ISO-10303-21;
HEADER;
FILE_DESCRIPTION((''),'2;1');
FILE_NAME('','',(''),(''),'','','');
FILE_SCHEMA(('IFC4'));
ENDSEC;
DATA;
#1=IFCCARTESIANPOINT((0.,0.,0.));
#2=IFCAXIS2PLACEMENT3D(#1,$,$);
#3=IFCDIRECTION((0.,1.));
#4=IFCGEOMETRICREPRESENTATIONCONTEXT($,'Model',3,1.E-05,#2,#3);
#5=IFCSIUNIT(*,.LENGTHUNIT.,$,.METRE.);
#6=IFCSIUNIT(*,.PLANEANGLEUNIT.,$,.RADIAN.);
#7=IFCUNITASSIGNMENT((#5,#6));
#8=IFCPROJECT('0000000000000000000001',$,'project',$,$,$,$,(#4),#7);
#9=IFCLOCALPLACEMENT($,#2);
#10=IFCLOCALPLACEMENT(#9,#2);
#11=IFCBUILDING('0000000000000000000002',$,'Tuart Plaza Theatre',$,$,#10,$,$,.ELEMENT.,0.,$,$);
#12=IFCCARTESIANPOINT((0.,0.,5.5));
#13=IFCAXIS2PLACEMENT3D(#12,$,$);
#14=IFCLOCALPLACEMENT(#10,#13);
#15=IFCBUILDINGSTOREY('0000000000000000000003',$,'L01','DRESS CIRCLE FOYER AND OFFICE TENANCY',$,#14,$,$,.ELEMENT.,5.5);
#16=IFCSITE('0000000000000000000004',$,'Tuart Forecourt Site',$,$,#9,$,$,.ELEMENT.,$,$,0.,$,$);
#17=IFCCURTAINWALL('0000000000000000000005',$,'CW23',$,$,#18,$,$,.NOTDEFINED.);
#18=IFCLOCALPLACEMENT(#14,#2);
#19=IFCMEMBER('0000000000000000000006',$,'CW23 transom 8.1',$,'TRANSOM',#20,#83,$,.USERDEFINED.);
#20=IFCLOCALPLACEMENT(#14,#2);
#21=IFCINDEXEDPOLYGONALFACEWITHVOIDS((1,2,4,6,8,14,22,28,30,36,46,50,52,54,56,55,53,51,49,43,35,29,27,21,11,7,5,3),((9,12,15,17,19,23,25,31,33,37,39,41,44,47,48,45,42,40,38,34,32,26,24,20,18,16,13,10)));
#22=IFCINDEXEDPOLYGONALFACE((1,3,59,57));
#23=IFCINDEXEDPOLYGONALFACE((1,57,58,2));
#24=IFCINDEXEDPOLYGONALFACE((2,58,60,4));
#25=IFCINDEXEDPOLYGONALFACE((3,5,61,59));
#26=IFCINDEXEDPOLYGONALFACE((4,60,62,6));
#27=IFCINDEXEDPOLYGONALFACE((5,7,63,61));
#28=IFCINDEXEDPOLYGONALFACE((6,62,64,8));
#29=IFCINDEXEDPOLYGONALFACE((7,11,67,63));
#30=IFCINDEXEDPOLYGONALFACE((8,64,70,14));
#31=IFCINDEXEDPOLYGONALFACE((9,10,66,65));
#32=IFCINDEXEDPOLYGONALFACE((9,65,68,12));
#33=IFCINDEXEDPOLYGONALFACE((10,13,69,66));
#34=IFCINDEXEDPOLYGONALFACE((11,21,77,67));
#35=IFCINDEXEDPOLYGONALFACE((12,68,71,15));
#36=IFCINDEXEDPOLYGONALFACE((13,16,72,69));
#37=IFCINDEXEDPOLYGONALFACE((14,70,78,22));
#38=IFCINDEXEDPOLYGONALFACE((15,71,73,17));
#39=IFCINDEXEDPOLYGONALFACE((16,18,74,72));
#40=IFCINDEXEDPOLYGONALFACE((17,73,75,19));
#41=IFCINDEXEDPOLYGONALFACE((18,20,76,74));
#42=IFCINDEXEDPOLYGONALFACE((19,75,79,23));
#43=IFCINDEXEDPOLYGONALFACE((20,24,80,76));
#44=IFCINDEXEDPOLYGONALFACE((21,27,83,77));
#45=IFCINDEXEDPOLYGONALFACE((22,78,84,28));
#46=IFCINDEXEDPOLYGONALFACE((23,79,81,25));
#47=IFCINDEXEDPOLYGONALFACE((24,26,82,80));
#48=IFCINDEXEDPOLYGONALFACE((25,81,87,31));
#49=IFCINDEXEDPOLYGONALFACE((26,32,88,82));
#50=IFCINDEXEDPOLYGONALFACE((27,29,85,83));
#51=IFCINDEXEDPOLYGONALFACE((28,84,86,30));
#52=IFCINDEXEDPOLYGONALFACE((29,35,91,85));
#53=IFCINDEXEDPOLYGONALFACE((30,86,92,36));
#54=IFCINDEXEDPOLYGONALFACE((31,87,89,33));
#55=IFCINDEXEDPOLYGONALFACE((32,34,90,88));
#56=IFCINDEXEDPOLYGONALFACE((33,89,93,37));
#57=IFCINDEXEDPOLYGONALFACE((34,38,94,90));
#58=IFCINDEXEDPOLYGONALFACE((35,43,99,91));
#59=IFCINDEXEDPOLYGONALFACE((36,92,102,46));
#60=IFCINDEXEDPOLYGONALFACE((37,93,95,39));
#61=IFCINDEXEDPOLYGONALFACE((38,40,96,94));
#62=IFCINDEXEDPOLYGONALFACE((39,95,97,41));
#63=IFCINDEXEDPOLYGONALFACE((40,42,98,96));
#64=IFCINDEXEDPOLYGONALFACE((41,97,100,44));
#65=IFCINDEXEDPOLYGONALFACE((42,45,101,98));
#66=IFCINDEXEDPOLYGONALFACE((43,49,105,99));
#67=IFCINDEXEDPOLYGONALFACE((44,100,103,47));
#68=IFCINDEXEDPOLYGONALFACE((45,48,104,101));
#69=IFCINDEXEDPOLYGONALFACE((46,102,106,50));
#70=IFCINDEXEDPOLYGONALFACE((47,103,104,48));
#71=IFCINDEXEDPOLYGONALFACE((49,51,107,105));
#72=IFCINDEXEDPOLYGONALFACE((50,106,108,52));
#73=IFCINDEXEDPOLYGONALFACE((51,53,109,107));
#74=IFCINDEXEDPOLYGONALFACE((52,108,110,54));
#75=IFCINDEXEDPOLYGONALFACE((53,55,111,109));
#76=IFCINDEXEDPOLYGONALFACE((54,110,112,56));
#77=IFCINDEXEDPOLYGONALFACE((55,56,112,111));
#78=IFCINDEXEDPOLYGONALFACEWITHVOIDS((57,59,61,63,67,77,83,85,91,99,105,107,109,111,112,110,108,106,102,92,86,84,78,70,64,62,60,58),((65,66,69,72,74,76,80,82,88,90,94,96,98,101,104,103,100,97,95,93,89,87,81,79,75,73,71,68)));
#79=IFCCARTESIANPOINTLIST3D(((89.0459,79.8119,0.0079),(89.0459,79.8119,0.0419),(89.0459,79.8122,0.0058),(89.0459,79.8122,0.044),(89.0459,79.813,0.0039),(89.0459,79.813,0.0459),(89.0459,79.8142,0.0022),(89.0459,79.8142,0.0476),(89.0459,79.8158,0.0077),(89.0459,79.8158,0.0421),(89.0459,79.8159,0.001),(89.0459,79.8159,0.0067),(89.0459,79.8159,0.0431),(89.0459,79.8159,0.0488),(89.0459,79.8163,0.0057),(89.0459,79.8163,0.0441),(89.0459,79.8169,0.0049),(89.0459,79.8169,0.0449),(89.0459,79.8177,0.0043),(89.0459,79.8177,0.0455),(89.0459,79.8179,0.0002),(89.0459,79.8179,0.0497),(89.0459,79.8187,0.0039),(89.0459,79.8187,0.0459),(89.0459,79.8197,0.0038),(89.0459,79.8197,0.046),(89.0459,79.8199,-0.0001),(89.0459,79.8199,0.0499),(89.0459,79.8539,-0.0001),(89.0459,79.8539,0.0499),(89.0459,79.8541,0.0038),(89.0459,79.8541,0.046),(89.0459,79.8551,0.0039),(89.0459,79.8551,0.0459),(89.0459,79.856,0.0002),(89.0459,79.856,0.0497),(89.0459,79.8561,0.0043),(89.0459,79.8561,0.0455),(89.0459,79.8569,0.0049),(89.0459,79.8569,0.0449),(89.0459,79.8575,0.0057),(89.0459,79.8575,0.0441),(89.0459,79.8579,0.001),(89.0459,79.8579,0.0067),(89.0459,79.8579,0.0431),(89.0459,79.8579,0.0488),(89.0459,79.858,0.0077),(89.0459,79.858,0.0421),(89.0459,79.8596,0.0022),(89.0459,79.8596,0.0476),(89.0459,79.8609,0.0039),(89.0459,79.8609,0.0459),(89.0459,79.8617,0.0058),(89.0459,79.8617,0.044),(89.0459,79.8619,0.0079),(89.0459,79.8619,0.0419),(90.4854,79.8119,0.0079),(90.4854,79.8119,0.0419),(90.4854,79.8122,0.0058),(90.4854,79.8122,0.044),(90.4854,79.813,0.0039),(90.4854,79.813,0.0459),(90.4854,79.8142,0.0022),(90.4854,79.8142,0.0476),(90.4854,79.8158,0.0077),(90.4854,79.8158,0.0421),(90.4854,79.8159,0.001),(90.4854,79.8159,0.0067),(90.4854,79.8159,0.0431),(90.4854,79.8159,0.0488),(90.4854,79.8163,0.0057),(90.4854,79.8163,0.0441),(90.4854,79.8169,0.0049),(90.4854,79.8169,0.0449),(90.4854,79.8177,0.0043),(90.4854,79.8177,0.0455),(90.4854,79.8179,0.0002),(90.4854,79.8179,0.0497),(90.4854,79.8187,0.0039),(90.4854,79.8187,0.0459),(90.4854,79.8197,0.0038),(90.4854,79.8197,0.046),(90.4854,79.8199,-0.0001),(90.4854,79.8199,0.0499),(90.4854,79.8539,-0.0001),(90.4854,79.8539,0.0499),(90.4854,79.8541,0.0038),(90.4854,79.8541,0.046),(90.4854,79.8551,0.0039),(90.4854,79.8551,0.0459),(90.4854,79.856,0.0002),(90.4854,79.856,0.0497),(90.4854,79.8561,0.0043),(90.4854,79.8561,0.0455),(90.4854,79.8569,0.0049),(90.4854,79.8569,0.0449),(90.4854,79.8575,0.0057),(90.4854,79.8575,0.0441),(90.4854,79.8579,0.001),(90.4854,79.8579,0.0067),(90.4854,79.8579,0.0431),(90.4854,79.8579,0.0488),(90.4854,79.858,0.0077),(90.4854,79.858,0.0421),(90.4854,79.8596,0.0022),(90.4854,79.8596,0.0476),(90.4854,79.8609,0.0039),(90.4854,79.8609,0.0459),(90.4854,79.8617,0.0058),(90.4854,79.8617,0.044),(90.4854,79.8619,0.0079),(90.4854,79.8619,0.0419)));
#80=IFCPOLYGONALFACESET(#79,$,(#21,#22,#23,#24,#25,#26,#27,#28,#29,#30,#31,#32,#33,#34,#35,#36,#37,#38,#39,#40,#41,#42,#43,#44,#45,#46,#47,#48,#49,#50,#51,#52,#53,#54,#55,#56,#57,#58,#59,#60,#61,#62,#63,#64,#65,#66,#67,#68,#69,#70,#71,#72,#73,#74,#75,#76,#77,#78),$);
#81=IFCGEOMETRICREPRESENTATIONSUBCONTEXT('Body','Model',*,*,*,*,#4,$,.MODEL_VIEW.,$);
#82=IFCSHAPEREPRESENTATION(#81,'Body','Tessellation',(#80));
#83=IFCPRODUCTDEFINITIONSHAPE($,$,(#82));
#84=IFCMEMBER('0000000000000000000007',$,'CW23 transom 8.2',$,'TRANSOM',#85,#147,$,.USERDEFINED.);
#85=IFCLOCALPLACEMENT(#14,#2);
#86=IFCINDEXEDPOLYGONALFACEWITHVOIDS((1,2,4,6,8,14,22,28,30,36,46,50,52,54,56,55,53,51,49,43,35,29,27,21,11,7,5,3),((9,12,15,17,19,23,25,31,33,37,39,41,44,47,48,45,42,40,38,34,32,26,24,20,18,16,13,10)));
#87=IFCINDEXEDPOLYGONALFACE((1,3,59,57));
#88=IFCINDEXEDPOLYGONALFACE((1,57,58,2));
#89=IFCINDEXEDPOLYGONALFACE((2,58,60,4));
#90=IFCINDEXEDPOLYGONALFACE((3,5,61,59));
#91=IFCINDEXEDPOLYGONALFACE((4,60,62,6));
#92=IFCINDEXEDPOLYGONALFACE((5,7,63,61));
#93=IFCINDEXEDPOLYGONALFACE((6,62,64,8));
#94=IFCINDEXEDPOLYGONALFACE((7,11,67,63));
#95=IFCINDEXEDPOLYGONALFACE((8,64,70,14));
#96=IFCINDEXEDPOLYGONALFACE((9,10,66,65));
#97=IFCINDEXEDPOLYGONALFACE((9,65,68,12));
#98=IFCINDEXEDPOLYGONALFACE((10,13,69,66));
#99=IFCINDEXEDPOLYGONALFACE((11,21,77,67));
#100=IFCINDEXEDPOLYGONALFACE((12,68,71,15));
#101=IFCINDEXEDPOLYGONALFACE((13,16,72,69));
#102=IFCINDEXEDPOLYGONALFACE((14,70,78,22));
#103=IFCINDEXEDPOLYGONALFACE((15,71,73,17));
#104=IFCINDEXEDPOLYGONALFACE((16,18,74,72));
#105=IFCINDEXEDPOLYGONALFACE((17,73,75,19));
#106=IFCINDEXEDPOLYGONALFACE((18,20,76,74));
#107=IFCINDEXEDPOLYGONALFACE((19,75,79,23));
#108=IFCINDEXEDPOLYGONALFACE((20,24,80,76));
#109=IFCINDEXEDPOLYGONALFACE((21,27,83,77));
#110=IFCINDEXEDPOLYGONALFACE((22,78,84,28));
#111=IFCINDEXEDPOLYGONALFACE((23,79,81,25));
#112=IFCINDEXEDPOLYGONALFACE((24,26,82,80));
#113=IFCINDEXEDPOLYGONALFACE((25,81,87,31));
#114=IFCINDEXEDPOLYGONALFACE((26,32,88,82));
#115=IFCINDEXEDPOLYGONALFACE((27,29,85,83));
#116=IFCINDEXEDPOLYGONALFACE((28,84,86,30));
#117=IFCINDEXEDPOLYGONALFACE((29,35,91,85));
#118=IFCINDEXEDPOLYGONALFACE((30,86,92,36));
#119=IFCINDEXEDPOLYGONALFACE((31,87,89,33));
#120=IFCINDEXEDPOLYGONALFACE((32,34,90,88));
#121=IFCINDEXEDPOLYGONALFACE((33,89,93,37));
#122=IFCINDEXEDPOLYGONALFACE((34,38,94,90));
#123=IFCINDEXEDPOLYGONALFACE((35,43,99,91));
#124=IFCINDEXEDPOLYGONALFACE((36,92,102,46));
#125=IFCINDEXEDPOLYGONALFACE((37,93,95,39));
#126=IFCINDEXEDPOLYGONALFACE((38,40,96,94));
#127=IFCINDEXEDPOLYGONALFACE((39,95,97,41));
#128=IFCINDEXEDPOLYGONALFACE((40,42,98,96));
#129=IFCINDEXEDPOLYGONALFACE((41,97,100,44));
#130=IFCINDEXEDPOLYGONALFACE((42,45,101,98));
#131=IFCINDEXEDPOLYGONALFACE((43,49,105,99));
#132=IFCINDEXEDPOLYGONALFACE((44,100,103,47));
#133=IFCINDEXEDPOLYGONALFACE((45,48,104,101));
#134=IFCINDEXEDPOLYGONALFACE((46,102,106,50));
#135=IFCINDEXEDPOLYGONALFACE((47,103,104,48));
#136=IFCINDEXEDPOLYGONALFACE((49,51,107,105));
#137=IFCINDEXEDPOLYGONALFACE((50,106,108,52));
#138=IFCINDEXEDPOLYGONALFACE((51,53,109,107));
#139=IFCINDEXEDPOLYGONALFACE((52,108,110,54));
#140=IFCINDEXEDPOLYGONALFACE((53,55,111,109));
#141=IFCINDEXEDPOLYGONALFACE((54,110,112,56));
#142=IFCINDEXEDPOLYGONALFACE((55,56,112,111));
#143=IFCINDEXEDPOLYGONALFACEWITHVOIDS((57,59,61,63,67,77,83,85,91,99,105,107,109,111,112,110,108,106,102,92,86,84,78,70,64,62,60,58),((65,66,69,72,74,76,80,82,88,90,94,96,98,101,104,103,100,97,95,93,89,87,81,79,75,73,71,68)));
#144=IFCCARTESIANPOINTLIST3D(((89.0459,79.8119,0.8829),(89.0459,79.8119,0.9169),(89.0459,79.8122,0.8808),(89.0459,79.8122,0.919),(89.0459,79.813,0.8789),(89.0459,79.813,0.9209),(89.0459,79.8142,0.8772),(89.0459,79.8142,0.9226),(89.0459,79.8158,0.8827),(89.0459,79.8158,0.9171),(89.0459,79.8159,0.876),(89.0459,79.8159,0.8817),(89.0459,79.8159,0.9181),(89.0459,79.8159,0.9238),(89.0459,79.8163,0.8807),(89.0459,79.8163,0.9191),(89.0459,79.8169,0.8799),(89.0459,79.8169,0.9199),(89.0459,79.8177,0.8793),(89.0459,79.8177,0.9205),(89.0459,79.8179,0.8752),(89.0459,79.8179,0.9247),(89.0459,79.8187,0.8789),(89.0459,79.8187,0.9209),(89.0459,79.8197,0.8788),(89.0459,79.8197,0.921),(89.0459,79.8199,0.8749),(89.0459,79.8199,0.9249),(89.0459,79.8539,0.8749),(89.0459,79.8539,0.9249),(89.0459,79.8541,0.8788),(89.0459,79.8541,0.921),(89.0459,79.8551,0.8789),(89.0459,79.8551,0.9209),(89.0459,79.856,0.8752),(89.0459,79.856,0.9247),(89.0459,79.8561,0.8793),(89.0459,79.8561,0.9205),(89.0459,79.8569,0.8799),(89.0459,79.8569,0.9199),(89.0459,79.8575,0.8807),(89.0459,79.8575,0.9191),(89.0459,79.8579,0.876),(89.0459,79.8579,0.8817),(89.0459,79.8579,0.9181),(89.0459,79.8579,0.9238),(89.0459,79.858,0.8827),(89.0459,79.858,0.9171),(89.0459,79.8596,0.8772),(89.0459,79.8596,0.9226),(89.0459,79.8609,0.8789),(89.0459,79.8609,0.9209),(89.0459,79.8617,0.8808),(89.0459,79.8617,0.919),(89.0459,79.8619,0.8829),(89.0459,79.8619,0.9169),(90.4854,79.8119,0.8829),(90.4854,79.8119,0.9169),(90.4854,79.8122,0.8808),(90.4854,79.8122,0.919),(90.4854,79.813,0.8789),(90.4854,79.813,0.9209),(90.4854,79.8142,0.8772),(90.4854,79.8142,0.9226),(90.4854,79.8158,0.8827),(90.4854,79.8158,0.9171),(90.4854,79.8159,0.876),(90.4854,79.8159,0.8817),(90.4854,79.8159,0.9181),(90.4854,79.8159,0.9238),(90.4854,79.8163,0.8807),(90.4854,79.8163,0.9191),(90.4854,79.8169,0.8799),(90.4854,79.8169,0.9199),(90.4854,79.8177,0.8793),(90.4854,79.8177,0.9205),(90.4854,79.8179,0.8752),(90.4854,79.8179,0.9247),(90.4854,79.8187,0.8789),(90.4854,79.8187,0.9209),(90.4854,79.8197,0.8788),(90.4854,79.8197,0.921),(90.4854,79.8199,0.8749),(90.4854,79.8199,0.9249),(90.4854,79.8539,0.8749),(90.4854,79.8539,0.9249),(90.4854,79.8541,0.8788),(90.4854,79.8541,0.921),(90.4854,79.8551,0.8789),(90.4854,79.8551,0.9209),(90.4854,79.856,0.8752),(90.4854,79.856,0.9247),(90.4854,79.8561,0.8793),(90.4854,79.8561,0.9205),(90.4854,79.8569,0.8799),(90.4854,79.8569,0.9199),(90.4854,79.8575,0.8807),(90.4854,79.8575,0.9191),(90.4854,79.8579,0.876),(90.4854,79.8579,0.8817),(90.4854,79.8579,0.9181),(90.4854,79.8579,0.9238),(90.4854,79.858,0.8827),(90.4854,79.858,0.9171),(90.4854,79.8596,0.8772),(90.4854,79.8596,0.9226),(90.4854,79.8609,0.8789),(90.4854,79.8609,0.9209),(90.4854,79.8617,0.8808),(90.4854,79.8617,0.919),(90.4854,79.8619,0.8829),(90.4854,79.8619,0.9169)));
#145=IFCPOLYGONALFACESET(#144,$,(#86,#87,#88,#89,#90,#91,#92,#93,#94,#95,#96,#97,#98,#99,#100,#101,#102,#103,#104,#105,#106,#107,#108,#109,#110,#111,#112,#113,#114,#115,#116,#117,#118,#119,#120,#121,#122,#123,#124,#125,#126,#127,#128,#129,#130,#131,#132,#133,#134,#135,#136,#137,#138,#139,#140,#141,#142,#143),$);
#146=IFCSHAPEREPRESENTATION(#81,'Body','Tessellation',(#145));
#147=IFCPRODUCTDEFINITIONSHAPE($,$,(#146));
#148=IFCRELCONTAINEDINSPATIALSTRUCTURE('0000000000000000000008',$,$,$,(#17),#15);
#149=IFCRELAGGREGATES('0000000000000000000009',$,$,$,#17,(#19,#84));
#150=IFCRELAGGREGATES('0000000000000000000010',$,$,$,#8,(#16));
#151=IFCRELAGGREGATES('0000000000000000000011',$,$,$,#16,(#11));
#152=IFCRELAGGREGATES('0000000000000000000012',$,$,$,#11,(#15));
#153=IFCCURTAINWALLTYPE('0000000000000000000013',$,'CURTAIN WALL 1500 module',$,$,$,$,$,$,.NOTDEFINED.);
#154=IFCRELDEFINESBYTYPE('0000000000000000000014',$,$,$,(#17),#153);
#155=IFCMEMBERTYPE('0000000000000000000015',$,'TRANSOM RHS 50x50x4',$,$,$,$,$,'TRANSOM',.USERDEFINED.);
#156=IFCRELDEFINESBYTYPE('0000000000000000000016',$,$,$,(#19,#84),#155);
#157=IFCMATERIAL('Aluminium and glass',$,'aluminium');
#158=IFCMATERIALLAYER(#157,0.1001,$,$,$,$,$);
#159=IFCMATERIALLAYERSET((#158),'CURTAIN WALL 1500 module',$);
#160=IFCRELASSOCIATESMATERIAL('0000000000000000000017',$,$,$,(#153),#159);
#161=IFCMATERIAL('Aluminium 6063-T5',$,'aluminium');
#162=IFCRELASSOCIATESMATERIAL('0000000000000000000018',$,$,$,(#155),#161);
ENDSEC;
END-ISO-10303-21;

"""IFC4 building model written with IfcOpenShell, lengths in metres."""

from ifc_helpers import new_model, si_unit, direction, frame, origin, origin_2d, place, context, subcontext, project, spatial, hollow_rectangle, extrude, material, layer, layer_set, material_profile, profile_set, type_object, element, aggregate, save


model = new_model("IFC4")

# Units and contexts
model_context = context("Model", 3, precision=1e-05, world=origin(), true_north=direction((0.0, 1.0)))
body_context = subcontext(model_context, "Body", "Model", "MODEL_VIEW")
ifc_project = project(units=[si_unit("LENGTHUNIT", "METRE"), si_unit("PLANEANGLEUNIT", "RADIAN")], contexts=[model_context])

# Site, building, storey
site_placement = place(None, origin())
site = spatial("IfcSite", under=ifc_project, at=site_placement, Name="Tuart Forecourt Site", CompositionType="ELEMENT", RefElevation=0.0)
building_placement = place(site_placement, origin())
building = spatial("IfcBuilding", under=site, at=building_placement, Name="Tuart Plaza Theatre", CompositionType="ELEMENT", ElevationOfRefHeight=0.0)
storey_placement = place(building_placement, frame((0.0, 0.0, 5.5)))
storey = spatial("IfcBuildingStorey", under=building, at=storey_placement, Name="L01", Description="DRESS CIRCLE FOYER AND OFFICE TENANCY", CompositionType="ELEMENT", Elevation=5.5)

# Curtain wall, members
ifc_material_1 = material(Name="Aluminium and glass", Category="aluminium")
ifc_layer_1 = layer(ifc_material_1, 0.1001)
ifc_layer_set_1 = layer_set([ifc_layer_1], Name="CURTAIN WALL 1500 module")
curtain_wall_type = type_object("IfcCurtainWallType", Name="CURTAIN WALL 1500 module", PredefinedType="NOTDEFINED", material=ifc_layer_set_1)
curtain_wall_placement = place(storey_placement, origin())
curtain_wall = element("IfcCurtainWall", 1, at=curtain_wall_placement, inside=storey, type_object=curtain_wall_type, Name="CW23", PredefinedType="NOTDEFINED")
ifc_material_2 = material(Name="Aluminium 6063-T5", Category="aluminium")
ifc_material_profile_1 = material_profile(ifc_material_2, hollow_rectangle(XDim=0.05, YDim=0.05, WallThickness=0.0039, InnerFilletRadius=0.0039, OuterFilletRadius=0.0081, at=origin_2d()), Name="RHS 50x50x4")
ifc_profile_set_1 = profile_set([ifc_material_profile_1], Name="Aluminium 6063-T5")
member_type_1 = type_object("IfcMemberType", Name="TRANSOM RHS 50x50x4", ElementType="TRANSOM", PredefinedType="USERDEFINED", material=ifc_profile_set_1)
member_1_placement = place(storey_placement, frame((89.0459, 79.8369, 0.0249), z_axis=(1.0, 0.0, 0.0), x_axis=(0.0, 1.0, 0.0)))
member_1 = element("IfcMember", 2, at=member_1_placement, type_object=member_type_1, Name="CW23 transom 8.1", ObjectType="TRANSOM", PredefinedType="USERDEFINED", context=body_context, shape_type="SweptSolid", body=[
    extrude(hollow_rectangle(XDim=0.05, YDim=0.05, WallThickness=0.0039, InnerFilletRadius=0.0039, OuterFilletRadius=0.0081, at=origin_2d()), origin(), (0.0, 0.0, 1.0), 1.4395),
])
member_2_placement = place(storey_placement, frame((89.0459, 79.8369, 0.8999), z_axis=(1.0, 0.0, 0.0), x_axis=(0.0, 1.0, 0.0)))
member_2 = element("IfcMember", 3, at=member_2_placement, type_object=member_type_1, Name="CW23 transom 8.2", ObjectType="TRANSOM", PredefinedType="USERDEFINED", context=body_context, shape_type="SweptSolid", body=[
    extrude(hollow_rectangle(XDim=0.05, YDim=0.05, WallThickness=0.0039, InnerFilletRadius=0.0039, OuterFilletRadius=0.0081, at=origin_2d()), origin(), (0.0, 0.0, 1.0), 1.4395),
])
aggregate(curtain_wall, [member_1, member_2])

save(model, "model.ifc")
